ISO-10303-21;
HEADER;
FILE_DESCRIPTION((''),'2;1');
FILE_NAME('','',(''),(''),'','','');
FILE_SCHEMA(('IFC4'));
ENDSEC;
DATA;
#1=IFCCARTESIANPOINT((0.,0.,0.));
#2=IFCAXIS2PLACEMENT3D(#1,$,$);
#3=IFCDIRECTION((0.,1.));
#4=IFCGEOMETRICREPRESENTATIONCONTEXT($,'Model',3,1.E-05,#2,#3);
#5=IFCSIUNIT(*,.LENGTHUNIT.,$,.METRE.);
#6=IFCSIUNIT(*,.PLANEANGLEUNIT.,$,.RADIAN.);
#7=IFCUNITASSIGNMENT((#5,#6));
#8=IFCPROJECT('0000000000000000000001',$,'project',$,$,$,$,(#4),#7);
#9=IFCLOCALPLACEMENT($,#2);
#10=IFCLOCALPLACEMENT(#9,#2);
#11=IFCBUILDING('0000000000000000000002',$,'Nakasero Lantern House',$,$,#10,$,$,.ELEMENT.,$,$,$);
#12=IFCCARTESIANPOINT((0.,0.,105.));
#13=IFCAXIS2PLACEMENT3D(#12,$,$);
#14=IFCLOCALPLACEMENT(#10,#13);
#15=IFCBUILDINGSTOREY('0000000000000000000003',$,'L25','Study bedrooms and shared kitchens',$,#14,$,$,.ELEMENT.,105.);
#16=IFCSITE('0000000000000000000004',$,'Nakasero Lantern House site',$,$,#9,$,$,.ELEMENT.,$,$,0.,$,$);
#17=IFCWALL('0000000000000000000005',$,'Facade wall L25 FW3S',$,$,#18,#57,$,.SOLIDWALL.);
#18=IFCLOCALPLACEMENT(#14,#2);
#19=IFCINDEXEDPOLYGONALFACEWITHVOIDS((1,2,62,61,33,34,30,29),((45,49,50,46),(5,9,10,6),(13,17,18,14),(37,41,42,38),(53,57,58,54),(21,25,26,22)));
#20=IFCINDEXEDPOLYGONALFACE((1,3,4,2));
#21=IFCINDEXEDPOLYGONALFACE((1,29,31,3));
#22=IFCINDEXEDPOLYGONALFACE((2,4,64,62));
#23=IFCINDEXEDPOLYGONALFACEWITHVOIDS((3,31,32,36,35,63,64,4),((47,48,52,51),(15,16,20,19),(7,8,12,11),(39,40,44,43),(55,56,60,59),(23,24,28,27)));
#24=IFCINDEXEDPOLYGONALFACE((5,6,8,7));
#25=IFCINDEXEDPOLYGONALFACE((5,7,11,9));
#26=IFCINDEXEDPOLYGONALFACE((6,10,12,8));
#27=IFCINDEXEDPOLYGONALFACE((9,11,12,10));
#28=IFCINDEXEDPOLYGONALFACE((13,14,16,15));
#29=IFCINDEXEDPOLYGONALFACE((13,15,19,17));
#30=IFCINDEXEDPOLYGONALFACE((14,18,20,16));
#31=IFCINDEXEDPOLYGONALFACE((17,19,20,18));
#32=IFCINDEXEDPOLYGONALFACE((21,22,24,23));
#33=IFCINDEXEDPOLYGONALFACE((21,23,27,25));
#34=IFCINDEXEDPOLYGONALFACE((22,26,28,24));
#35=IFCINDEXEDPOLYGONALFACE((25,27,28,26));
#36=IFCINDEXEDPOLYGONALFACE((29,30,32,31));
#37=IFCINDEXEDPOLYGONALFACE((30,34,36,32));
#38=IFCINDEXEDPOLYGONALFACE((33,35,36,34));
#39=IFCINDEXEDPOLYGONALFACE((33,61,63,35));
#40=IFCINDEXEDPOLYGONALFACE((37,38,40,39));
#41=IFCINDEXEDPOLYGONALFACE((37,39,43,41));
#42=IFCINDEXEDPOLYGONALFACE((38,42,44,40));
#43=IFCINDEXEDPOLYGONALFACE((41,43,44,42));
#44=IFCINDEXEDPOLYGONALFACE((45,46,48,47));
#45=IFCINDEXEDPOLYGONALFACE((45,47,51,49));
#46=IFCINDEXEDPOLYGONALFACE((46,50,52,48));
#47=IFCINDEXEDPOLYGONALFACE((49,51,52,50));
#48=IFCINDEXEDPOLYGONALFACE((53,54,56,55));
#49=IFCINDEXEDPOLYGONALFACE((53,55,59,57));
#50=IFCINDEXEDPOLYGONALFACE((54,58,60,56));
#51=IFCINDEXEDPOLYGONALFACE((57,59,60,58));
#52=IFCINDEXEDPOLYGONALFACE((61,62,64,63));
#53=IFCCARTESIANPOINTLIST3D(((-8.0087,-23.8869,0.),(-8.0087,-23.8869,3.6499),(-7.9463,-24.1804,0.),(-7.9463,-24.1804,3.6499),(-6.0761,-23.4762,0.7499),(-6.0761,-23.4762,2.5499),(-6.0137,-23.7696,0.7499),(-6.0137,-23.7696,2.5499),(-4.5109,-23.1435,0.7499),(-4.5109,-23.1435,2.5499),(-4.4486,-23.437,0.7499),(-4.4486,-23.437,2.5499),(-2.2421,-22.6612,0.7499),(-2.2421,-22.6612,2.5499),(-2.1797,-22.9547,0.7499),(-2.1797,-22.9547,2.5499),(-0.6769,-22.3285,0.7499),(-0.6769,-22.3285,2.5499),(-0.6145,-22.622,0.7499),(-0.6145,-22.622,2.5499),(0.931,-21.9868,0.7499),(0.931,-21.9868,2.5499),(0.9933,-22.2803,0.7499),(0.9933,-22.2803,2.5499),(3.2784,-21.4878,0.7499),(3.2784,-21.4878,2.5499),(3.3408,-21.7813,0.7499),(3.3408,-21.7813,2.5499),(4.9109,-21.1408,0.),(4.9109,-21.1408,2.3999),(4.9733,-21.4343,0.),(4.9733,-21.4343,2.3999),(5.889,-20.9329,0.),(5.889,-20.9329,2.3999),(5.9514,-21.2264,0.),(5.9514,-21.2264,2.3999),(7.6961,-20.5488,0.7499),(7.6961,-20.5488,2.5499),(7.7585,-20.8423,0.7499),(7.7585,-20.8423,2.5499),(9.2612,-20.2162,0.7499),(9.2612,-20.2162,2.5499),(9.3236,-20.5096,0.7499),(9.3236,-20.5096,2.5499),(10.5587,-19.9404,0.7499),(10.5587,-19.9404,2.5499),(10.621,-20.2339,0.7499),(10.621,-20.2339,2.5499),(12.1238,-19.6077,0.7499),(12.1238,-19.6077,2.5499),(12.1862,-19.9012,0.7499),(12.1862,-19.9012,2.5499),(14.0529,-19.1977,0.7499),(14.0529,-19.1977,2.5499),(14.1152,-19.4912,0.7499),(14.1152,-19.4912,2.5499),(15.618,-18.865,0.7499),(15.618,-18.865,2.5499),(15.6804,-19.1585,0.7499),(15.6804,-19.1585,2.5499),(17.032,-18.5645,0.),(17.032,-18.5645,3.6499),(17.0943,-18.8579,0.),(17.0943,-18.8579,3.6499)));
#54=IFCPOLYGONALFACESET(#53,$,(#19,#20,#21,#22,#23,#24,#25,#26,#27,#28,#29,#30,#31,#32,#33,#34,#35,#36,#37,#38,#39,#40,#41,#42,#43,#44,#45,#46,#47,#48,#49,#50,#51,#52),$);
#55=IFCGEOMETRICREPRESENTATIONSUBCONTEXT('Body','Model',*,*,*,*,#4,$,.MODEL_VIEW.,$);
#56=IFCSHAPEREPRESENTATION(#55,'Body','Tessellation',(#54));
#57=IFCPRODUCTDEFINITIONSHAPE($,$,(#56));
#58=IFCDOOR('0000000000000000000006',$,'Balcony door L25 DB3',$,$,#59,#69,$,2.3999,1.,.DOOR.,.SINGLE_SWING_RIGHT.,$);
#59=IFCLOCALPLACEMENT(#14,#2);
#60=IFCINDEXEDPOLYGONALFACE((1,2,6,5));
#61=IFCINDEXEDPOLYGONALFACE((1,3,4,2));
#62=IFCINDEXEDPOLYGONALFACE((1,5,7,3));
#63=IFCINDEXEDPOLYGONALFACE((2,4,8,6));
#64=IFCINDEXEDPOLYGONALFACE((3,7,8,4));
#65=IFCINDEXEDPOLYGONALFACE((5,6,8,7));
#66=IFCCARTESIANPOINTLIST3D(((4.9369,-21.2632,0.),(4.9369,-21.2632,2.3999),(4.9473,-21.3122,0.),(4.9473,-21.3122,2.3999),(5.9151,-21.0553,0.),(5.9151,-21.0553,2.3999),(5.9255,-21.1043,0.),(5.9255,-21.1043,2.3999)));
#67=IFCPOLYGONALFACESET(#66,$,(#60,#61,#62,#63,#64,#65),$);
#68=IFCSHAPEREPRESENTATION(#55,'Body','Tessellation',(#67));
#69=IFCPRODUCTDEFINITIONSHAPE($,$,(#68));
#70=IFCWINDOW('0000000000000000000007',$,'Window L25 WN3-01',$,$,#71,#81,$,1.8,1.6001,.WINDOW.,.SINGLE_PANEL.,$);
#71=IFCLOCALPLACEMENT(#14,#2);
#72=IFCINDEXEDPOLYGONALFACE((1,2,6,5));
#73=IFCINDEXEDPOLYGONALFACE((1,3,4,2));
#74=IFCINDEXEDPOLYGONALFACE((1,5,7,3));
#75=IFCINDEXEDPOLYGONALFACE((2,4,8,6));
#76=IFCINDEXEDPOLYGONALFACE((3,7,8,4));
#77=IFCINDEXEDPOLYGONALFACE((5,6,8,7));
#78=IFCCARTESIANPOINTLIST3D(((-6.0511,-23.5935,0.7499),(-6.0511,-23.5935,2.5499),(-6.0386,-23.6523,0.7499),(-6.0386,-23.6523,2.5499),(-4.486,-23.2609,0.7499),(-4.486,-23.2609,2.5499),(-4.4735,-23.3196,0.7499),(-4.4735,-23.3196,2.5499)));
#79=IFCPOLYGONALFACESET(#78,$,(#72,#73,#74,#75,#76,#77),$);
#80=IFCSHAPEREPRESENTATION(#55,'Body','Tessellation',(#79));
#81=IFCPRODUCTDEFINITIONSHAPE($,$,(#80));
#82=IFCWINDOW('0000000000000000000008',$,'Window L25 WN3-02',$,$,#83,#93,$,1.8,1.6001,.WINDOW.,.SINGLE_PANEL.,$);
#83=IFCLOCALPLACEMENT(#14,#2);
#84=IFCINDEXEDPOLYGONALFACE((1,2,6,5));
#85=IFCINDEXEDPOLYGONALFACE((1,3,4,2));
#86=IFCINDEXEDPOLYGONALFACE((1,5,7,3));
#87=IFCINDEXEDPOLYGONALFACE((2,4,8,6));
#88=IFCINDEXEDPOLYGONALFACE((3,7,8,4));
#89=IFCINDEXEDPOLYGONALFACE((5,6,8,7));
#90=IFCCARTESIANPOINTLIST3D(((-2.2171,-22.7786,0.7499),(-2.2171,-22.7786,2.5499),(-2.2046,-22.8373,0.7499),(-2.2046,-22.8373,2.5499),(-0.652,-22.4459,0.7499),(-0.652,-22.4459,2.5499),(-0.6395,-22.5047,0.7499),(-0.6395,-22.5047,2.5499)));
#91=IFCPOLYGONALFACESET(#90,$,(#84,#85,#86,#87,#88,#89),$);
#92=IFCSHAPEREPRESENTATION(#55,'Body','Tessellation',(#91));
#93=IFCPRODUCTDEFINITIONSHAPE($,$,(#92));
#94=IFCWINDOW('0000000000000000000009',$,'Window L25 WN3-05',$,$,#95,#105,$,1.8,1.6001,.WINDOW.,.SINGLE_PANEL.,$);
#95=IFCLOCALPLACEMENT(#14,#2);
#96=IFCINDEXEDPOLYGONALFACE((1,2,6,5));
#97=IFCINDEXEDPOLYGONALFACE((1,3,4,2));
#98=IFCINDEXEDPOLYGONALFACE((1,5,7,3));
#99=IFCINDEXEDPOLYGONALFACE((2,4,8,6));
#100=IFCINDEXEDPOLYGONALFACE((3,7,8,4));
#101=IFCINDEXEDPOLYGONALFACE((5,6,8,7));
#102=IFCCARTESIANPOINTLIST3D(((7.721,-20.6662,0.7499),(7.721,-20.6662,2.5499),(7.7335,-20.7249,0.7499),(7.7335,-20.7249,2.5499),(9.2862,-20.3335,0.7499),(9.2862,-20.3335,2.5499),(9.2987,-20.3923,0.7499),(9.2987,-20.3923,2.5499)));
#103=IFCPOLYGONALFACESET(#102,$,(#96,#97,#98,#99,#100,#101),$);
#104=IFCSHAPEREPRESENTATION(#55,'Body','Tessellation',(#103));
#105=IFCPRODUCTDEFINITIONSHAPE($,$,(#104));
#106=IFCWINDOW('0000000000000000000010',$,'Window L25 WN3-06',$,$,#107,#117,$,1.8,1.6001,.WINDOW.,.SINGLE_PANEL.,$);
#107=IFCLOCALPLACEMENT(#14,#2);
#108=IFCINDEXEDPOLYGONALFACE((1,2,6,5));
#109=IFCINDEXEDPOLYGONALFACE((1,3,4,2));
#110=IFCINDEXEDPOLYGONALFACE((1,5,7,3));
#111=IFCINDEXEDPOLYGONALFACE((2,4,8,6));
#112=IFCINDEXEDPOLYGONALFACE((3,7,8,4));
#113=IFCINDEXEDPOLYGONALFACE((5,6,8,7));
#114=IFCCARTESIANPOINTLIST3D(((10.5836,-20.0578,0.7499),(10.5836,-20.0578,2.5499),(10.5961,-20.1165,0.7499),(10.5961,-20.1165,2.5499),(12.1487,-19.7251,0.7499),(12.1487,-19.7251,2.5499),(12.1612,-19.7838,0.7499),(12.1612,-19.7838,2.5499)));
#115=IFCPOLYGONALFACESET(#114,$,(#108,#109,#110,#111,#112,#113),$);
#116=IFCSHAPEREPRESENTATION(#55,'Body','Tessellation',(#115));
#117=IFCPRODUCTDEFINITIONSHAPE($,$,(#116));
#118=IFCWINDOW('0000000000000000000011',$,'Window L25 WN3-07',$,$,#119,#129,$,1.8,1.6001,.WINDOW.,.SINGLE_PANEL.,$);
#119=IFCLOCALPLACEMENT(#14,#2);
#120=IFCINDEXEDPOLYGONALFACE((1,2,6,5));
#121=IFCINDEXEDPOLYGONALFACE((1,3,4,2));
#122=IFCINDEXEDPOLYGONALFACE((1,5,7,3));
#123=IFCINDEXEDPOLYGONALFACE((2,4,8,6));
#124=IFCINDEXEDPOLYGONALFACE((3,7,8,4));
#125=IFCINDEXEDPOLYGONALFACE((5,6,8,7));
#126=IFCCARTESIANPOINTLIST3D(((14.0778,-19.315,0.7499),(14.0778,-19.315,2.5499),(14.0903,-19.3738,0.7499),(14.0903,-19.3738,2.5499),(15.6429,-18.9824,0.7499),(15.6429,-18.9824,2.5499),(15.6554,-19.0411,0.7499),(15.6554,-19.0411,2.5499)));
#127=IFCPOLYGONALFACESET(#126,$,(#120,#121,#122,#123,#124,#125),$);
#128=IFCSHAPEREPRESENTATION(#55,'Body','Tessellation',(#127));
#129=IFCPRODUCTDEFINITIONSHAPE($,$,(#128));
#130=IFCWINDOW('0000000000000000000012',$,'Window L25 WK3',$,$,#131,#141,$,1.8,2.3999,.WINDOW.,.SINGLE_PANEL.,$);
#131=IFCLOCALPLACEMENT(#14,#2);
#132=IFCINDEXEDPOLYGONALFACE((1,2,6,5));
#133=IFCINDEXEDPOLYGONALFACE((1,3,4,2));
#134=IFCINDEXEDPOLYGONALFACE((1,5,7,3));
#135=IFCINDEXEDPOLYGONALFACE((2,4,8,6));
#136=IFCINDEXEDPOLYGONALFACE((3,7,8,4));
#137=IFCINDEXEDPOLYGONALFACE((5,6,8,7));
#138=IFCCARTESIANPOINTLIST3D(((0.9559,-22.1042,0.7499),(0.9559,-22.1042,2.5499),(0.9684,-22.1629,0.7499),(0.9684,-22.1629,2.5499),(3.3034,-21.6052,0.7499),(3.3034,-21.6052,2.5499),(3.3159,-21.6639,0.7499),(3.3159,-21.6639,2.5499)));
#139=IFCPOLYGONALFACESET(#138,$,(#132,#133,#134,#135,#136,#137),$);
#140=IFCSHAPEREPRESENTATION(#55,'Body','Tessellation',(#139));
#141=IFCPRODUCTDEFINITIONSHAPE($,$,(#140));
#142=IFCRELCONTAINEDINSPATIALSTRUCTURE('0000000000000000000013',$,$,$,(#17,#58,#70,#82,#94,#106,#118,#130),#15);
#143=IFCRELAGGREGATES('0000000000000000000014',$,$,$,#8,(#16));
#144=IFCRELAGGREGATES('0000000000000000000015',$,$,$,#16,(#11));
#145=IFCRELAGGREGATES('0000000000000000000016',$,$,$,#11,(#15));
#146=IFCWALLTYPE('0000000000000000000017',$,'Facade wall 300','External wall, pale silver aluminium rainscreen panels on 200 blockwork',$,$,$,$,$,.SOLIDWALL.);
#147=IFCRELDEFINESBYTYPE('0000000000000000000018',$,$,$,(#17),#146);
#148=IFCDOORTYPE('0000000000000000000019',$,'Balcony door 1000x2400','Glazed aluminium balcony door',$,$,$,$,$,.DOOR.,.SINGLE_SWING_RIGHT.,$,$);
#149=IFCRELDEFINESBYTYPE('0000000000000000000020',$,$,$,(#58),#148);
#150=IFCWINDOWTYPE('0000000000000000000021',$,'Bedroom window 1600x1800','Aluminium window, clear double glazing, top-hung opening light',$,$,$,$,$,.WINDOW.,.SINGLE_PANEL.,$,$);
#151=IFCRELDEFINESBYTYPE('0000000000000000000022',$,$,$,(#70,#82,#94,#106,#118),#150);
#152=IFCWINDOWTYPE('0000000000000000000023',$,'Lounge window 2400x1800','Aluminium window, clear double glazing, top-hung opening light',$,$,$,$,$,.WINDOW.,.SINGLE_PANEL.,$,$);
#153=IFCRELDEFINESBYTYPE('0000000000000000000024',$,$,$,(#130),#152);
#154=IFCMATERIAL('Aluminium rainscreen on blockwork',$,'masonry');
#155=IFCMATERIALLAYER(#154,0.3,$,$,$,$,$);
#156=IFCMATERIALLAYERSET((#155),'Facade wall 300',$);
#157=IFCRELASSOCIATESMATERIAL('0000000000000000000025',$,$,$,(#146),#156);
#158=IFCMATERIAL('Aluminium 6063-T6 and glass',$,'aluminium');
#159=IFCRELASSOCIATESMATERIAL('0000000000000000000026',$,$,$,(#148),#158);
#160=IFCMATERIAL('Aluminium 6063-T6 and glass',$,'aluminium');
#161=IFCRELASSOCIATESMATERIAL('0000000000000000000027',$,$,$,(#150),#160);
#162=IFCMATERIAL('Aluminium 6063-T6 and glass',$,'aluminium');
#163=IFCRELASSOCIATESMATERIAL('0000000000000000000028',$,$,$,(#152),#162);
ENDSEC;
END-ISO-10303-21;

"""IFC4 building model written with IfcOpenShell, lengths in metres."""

from ifc_helpers import new_model, si_unit, direction, frame, frame_2d, origin, place, context, subcontext, project, spatial, rectangle, extrude, material, layer, layer_set, type_object, element, fill, save


model = new_model("IFC4")

# Units and contexts
model_context = context("Model", 3, precision=1e-05, world=origin(), true_north=direction((0.0, 1.0)))
body_context = subcontext(model_context, "Body", "Model", "MODEL_VIEW")
ifc_project = project(units=[si_unit("LENGTHUNIT", "METRE"), si_unit("PLANEANGLEUNIT", "RADIAN")], contexts=[model_context])

# Site, building, storey
site_placement = place(None, origin())
site = spatial("IfcSite", under=ifc_project, at=site_placement, Name="Nakasero Lantern House site", CompositionType="ELEMENT", RefElevation=0.0)
building_placement = place(site_placement, origin())
building = spatial("IfcBuilding", under=site, at=building_placement, Name="Nakasero Lantern House", CompositionType="ELEMENT")
storey_placement = place(building_placement, frame((0.0, 0.0, 105.0)))
storey = spatial("IfcBuildingStorey", under=building, at=storey_placement, Name="L25", Description="Study bedrooms and shared kitchens", CompositionType="ELEMENT", Elevation=105.0)

# Wall, openings, door, windows
ifc_material_1 = material(Name="Aluminium rainscreen on blockwork", Category="masonry")
ifc_layer_1 = layer(ifc_material_1, 0.3)
ifc_layer_set_1 = layer_set([ifc_layer_1], Name="Facade wall 300")
wall_type_1 = type_object("IfcWallType", Name="Facade wall 300", Description="External wall, pale silver aluminium rainscreen panels on 200 blockwork", PredefinedType="SOLIDWALL", material=ifc_layer_set_1)
wall_1_placement = place(storey_placement, frame((-7.9775, -24.0337, 0.0), z_axis=(0.0, 0.0, 1.0), x_axis=(0.978148, 0.207909, 0.0)))
wall_1 = element("IfcWall", 1, at=wall_1_placement, inside=storey, type_object=wall_type_1, Name="Facade wall L25 FW3S", PredefinedType="SOLIDWALL", context=body_context, shape_type="SweptSolid", body=[
    extrude(rectangle(XDim=25.6001, YDim=0.3, at=frame_2d((12.8, 0.0))), origin(), (0.0, 0.0, 1.0), 3.6499),
])
opening_1_placement = place(wall_1_placement, frame((1.9758, 0.0, 0.75)))
opening_1 = element("IfcOpeningElement", 2, at=opening_1_placement, cuts=wall_1, PredefinedType="OPENING", context=body_context, shape_type="SweptSolid", body=[
    extrude(rectangle(XDim=1.6001, YDim=1.8, at=frame_2d((0.8, 0.8999))), frame((0.0, 0.1699, 0.0), z_axis=(0.0, -1.0, 0.0), x_axis=(1.0, 0.0, 0.0)), (0.0, 0.0, 1.0), 0.3401),
])
opening_2_placement = place(wall_1_placement, frame((5.8955, 0.0, 0.75)))
opening_2 = element("IfcOpeningElement", 3, at=opening_2_placement, cuts=wall_1, PredefinedType="OPENING", context=body_context, shape_type="SweptSolid", body=[
    extrude(rectangle(XDim=1.6001, YDim=1.8, at=frame_2d((0.8, 0.8999))), frame((0.0, 0.1699, 0.0), z_axis=(0.0, -1.0, 0.0), x_axis=(1.0, 0.0, 0.0)), (0.0, 0.0, 1.0), 0.3401),
])
opening_3_placement = place(wall_1_placement, frame((16.0557, 0.0, 0.75)))
opening_3 = element("IfcOpeningElement", 4, at=opening_3_placement, cuts=wall_1, PredefinedType="OPENING", context=body_context, shape_type="SweptSolid", body=[
    extrude(rectangle(XDim=1.6001, YDim=1.8, at=frame_2d((0.8, 0.8999))), frame((0.0, 0.1699, 0.0), z_axis=(0.0, -1.0, 0.0), x_axis=(1.0, 0.0, 0.0)), (0.0, 0.0, 1.0), 0.3401),
])
opening_4_placement = place(wall_1_placement, frame((18.9822, 0.0, 0.75)))
opening_4 = element("IfcOpeningElement", 5, at=opening_4_placement, cuts=wall_1, PredefinedType="OPENING", context=body_context, shape_type="SweptSolid", body=[
    extrude(rectangle(XDim=1.6001, YDim=1.8, at=frame_2d((0.8, 0.8999))), frame((0.0, 0.1699, 0.0), z_axis=(0.0, -1.0, 0.0), x_axis=(1.0, 0.0, 0.0)), (0.0, 0.0, 1.0), 0.3401),
])
opening_5_placement = place(wall_1_placement, frame((22.5544, 0.0, 0.75)))
opening_5 = element("IfcOpeningElement", 6, at=opening_5_placement, cuts=wall_1, PredefinedType="OPENING", context=body_context, shape_type="SweptSolid", body=[
    extrude(rectangle(XDim=1.6001, YDim=1.8, at=frame_2d((0.8, 0.8999))), frame((0.0, 0.1699, 0.0), z_axis=(0.0, -1.0, 0.0), x_axis=(1.0, 0.0, 0.0)), (0.0, 0.0, 1.0), 0.3401),
])
opening_6_placement = place(wall_1_placement, frame((9.1394, 0.0, 0.75)))
opening_6 = element("IfcOpeningElement", 7, at=opening_6_placement, cuts=wall_1, PredefinedType="OPENING", context=body_context, shape_type="SweptSolid", body=[
    extrude(rectangle(XDim=2.3999, YDim=1.8, at=frame_2d((1.2, 0.8999))), frame((0.0, 0.1699, 0.0), z_axis=(0.0, -1.0, 0.0), x_axis=(1.0, 0.0, 0.0)), (0.0, 0.0, 1.0), 0.3401),
])
opening_7_placement = place(wall_1_placement, frame((13.2083, 0.0, 0.0)))
opening_7 = element("IfcOpeningElement", 8, at=opening_7_placement, cuts=wall_1, PredefinedType="OPENING", context=body_context, shape_type="SweptSolid", body=[
    extrude(rectangle(XDim=1.0, YDim=2.3999, at=frame_2d((0.5, 1.2))), frame((0.0, 0.1699, 0.0), z_axis=(0.0, -1.0, 0.0), x_axis=(1.0, 0.0, 0.0)), (0.0, 0.0, 1.0), 0.3401),
])
ifc_material_2 = material(Name="Aluminium 6063-T6 and glass", Category="aluminium")
door_type_1 = type_object("IfcDoorType", Name="Balcony door 1000x2400", Description="Glazed aluminium balcony door", OperationType="SINGLE_SWING_RIGHT", PredefinedType="DOOR", material=ifc_material_2)
door_1_placement = place(opening_7_placement, origin())
door_1 = element("IfcDoor", 9, at=door_1_placement, inside=storey, type_object=door_type_1, Name="Balcony door L25 DB3", OperationType="SINGLE_SWING_RIGHT", OverallHeight=2.3999, OverallWidth=1.0, PredefinedType="DOOR", context=body_context, shape_type="SweptSolid", body=[
    extrude(rectangle(XDim=1.0, YDim=2.3999, at=frame_2d((0.5, 1.2))), frame((0.0, 0.0249, 0.0), z_axis=(0.0, -1.0, 0.0), x_axis=(1.0, 0.0, 0.0)), (0.0, 0.0, 1.0), 0.05),
])
fill(opening_7, door_1)
ifc_material_3 = material(Name="Aluminium 6063-T6 and glass", Category="aluminium")
window_type_1 = type_object("IfcWindowType", Name="Bedroom window 1600x1800", Description="Aluminium window, clear double glazing, top-hung opening light", PartitioningType="SINGLE_PANEL", PredefinedType="WINDOW", material=ifc_material_3)
window_1_placement = place(opening_1_placement, origin())
window_1 = element("IfcWindow", 10, at=window_1_placement, inside=storey, type_object=window_type_1, Name="Window L25 WN3-01", OverallHeight=1.8, OverallWidth=1.6001, PartitioningType="SINGLE_PANEL", PredefinedType="WINDOW", context=body_context, shape_type="SweptSolid", body=[
    extrude(rectangle(XDim=1.6001, YDim=1.8, at=frame_2d((0.8, 0.8999))), frame((0.0, 0.03, 0.0), z_axis=(0.0, -1.0, 0.0), x_axis=(1.0, 0.0, 0.0)), (0.0, 0.0, 1.0), 0.0601),
])
fill(opening_1, window_1)
window_2_placement = place(opening_2_placement, origin())
window_2 = element("IfcWindow", 11, at=window_2_placement, inside=storey, type_object=window_type_1, Name="Window L25 WN3-02", OverallHeight=1.8, OverallWidth=1.6001, PartitioningType="SINGLE_PANEL", PredefinedType="WINDOW", context=body_context, shape_type="SweptSolid", body=[
    extrude(rectangle(XDim=1.6001, YDim=1.8, at=frame_2d((0.8, 0.8999))), frame((0.0, 0.03, 0.0), z_axis=(0.0, -1.0, 0.0), x_axis=(1.0, 0.0, 0.0)), (0.0, 0.0, 1.0), 0.0601),
])
fill(opening_2, window_2)
window_3_placement = place(opening_3_placement, origin())
window_3 = element("IfcWindow", 12, at=window_3_placement, inside=storey, type_object=window_type_1, Name="Window L25 WN3-05", OverallHeight=1.8, OverallWidth=1.6001, PartitioningType="SINGLE_PANEL", PredefinedType="WINDOW", context=body_context, shape_type="SweptSolid", body=[
    extrude(rectangle(XDim=1.6001, YDim=1.8, at=frame_2d((0.8, 0.8999))), frame((0.0, 0.03, 0.0), z_axis=(0.0, -1.0, 0.0), x_axis=(1.0, 0.0, 0.0)), (0.0, 0.0, 1.0), 0.0601),
])
fill(opening_3, window_3)
window_4_placement = place(opening_4_placement, origin())
window_4 = element("IfcWindow", 13, at=window_4_placement, inside=storey, type_object=window_type_1, Name="Window L25 WN3-06", OverallHeight=1.8, OverallWidth=1.6001, PartitioningType="SINGLE_PANEL", PredefinedType="WINDOW", context=body_context, shape_type="SweptSolid", body=[
    extrude(rectangle(XDim=1.6001, YDim=1.8, at=frame_2d((0.8, 0.8999))), frame((0.0, 0.03, 0.0), z_axis=(0.0, -1.0, 0.0), x_axis=(1.0, 0.0, 0.0)), (0.0, 0.0, 1.0), 0.0601),
])
fill(opening_4, window_4)
window_5_placement = place(opening_5_placement, origin())
window_5 = element("IfcWindow", 14, at=window_5_placement, inside=storey, type_object=window_type_1, Name="Window L25 WN3-07", OverallHeight=1.8, OverallWidth=1.6001, PartitioningType="SINGLE_PANEL", PredefinedType="WINDOW", context=body_context, shape_type="SweptSolid", body=[
    extrude(rectangle(XDim=1.6001, YDim=1.8, at=frame_2d((0.8, 0.8999))), frame((0.0, 0.03, 0.0), z_axis=(0.0, -1.0, 0.0), x_axis=(1.0, 0.0, 0.0)), (0.0, 0.0, 1.0), 0.0601),
])
fill(opening_5, window_5)
ifc_material_4 = material(Name="Aluminium 6063-T6 and glass", Category="aluminium")
window_type_2 = type_object("IfcWindowType", Name="Lounge window 2400x1800", Description="Aluminium window, clear double glazing, top-hung opening light", PartitioningType="SINGLE_PANEL", PredefinedType="WINDOW", material=ifc_material_4)
window_6_placement = place(opening_6_placement, origin())
window_6 = element("IfcWindow", 15, at=window_6_placement, inside=storey, type_object=window_type_2, Name="Window L25 WK3", OverallHeight=1.8, OverallWidth=2.3999, PartitioningType="SINGLE_PANEL", PredefinedType="WINDOW", context=body_context, shape_type="SweptSolid", body=[
    extrude(rectangle(XDim=2.3999, YDim=1.8, at=frame_2d((1.2, 0.8999))), frame((0.0, 0.03, 0.0), z_axis=(0.0, -1.0, 0.0), x_axis=(1.0, 0.0, 0.0)), (0.0, 0.0, 1.0), 0.0601),
])
fill(opening_6, window_6)

save(model, "model.ifc")
